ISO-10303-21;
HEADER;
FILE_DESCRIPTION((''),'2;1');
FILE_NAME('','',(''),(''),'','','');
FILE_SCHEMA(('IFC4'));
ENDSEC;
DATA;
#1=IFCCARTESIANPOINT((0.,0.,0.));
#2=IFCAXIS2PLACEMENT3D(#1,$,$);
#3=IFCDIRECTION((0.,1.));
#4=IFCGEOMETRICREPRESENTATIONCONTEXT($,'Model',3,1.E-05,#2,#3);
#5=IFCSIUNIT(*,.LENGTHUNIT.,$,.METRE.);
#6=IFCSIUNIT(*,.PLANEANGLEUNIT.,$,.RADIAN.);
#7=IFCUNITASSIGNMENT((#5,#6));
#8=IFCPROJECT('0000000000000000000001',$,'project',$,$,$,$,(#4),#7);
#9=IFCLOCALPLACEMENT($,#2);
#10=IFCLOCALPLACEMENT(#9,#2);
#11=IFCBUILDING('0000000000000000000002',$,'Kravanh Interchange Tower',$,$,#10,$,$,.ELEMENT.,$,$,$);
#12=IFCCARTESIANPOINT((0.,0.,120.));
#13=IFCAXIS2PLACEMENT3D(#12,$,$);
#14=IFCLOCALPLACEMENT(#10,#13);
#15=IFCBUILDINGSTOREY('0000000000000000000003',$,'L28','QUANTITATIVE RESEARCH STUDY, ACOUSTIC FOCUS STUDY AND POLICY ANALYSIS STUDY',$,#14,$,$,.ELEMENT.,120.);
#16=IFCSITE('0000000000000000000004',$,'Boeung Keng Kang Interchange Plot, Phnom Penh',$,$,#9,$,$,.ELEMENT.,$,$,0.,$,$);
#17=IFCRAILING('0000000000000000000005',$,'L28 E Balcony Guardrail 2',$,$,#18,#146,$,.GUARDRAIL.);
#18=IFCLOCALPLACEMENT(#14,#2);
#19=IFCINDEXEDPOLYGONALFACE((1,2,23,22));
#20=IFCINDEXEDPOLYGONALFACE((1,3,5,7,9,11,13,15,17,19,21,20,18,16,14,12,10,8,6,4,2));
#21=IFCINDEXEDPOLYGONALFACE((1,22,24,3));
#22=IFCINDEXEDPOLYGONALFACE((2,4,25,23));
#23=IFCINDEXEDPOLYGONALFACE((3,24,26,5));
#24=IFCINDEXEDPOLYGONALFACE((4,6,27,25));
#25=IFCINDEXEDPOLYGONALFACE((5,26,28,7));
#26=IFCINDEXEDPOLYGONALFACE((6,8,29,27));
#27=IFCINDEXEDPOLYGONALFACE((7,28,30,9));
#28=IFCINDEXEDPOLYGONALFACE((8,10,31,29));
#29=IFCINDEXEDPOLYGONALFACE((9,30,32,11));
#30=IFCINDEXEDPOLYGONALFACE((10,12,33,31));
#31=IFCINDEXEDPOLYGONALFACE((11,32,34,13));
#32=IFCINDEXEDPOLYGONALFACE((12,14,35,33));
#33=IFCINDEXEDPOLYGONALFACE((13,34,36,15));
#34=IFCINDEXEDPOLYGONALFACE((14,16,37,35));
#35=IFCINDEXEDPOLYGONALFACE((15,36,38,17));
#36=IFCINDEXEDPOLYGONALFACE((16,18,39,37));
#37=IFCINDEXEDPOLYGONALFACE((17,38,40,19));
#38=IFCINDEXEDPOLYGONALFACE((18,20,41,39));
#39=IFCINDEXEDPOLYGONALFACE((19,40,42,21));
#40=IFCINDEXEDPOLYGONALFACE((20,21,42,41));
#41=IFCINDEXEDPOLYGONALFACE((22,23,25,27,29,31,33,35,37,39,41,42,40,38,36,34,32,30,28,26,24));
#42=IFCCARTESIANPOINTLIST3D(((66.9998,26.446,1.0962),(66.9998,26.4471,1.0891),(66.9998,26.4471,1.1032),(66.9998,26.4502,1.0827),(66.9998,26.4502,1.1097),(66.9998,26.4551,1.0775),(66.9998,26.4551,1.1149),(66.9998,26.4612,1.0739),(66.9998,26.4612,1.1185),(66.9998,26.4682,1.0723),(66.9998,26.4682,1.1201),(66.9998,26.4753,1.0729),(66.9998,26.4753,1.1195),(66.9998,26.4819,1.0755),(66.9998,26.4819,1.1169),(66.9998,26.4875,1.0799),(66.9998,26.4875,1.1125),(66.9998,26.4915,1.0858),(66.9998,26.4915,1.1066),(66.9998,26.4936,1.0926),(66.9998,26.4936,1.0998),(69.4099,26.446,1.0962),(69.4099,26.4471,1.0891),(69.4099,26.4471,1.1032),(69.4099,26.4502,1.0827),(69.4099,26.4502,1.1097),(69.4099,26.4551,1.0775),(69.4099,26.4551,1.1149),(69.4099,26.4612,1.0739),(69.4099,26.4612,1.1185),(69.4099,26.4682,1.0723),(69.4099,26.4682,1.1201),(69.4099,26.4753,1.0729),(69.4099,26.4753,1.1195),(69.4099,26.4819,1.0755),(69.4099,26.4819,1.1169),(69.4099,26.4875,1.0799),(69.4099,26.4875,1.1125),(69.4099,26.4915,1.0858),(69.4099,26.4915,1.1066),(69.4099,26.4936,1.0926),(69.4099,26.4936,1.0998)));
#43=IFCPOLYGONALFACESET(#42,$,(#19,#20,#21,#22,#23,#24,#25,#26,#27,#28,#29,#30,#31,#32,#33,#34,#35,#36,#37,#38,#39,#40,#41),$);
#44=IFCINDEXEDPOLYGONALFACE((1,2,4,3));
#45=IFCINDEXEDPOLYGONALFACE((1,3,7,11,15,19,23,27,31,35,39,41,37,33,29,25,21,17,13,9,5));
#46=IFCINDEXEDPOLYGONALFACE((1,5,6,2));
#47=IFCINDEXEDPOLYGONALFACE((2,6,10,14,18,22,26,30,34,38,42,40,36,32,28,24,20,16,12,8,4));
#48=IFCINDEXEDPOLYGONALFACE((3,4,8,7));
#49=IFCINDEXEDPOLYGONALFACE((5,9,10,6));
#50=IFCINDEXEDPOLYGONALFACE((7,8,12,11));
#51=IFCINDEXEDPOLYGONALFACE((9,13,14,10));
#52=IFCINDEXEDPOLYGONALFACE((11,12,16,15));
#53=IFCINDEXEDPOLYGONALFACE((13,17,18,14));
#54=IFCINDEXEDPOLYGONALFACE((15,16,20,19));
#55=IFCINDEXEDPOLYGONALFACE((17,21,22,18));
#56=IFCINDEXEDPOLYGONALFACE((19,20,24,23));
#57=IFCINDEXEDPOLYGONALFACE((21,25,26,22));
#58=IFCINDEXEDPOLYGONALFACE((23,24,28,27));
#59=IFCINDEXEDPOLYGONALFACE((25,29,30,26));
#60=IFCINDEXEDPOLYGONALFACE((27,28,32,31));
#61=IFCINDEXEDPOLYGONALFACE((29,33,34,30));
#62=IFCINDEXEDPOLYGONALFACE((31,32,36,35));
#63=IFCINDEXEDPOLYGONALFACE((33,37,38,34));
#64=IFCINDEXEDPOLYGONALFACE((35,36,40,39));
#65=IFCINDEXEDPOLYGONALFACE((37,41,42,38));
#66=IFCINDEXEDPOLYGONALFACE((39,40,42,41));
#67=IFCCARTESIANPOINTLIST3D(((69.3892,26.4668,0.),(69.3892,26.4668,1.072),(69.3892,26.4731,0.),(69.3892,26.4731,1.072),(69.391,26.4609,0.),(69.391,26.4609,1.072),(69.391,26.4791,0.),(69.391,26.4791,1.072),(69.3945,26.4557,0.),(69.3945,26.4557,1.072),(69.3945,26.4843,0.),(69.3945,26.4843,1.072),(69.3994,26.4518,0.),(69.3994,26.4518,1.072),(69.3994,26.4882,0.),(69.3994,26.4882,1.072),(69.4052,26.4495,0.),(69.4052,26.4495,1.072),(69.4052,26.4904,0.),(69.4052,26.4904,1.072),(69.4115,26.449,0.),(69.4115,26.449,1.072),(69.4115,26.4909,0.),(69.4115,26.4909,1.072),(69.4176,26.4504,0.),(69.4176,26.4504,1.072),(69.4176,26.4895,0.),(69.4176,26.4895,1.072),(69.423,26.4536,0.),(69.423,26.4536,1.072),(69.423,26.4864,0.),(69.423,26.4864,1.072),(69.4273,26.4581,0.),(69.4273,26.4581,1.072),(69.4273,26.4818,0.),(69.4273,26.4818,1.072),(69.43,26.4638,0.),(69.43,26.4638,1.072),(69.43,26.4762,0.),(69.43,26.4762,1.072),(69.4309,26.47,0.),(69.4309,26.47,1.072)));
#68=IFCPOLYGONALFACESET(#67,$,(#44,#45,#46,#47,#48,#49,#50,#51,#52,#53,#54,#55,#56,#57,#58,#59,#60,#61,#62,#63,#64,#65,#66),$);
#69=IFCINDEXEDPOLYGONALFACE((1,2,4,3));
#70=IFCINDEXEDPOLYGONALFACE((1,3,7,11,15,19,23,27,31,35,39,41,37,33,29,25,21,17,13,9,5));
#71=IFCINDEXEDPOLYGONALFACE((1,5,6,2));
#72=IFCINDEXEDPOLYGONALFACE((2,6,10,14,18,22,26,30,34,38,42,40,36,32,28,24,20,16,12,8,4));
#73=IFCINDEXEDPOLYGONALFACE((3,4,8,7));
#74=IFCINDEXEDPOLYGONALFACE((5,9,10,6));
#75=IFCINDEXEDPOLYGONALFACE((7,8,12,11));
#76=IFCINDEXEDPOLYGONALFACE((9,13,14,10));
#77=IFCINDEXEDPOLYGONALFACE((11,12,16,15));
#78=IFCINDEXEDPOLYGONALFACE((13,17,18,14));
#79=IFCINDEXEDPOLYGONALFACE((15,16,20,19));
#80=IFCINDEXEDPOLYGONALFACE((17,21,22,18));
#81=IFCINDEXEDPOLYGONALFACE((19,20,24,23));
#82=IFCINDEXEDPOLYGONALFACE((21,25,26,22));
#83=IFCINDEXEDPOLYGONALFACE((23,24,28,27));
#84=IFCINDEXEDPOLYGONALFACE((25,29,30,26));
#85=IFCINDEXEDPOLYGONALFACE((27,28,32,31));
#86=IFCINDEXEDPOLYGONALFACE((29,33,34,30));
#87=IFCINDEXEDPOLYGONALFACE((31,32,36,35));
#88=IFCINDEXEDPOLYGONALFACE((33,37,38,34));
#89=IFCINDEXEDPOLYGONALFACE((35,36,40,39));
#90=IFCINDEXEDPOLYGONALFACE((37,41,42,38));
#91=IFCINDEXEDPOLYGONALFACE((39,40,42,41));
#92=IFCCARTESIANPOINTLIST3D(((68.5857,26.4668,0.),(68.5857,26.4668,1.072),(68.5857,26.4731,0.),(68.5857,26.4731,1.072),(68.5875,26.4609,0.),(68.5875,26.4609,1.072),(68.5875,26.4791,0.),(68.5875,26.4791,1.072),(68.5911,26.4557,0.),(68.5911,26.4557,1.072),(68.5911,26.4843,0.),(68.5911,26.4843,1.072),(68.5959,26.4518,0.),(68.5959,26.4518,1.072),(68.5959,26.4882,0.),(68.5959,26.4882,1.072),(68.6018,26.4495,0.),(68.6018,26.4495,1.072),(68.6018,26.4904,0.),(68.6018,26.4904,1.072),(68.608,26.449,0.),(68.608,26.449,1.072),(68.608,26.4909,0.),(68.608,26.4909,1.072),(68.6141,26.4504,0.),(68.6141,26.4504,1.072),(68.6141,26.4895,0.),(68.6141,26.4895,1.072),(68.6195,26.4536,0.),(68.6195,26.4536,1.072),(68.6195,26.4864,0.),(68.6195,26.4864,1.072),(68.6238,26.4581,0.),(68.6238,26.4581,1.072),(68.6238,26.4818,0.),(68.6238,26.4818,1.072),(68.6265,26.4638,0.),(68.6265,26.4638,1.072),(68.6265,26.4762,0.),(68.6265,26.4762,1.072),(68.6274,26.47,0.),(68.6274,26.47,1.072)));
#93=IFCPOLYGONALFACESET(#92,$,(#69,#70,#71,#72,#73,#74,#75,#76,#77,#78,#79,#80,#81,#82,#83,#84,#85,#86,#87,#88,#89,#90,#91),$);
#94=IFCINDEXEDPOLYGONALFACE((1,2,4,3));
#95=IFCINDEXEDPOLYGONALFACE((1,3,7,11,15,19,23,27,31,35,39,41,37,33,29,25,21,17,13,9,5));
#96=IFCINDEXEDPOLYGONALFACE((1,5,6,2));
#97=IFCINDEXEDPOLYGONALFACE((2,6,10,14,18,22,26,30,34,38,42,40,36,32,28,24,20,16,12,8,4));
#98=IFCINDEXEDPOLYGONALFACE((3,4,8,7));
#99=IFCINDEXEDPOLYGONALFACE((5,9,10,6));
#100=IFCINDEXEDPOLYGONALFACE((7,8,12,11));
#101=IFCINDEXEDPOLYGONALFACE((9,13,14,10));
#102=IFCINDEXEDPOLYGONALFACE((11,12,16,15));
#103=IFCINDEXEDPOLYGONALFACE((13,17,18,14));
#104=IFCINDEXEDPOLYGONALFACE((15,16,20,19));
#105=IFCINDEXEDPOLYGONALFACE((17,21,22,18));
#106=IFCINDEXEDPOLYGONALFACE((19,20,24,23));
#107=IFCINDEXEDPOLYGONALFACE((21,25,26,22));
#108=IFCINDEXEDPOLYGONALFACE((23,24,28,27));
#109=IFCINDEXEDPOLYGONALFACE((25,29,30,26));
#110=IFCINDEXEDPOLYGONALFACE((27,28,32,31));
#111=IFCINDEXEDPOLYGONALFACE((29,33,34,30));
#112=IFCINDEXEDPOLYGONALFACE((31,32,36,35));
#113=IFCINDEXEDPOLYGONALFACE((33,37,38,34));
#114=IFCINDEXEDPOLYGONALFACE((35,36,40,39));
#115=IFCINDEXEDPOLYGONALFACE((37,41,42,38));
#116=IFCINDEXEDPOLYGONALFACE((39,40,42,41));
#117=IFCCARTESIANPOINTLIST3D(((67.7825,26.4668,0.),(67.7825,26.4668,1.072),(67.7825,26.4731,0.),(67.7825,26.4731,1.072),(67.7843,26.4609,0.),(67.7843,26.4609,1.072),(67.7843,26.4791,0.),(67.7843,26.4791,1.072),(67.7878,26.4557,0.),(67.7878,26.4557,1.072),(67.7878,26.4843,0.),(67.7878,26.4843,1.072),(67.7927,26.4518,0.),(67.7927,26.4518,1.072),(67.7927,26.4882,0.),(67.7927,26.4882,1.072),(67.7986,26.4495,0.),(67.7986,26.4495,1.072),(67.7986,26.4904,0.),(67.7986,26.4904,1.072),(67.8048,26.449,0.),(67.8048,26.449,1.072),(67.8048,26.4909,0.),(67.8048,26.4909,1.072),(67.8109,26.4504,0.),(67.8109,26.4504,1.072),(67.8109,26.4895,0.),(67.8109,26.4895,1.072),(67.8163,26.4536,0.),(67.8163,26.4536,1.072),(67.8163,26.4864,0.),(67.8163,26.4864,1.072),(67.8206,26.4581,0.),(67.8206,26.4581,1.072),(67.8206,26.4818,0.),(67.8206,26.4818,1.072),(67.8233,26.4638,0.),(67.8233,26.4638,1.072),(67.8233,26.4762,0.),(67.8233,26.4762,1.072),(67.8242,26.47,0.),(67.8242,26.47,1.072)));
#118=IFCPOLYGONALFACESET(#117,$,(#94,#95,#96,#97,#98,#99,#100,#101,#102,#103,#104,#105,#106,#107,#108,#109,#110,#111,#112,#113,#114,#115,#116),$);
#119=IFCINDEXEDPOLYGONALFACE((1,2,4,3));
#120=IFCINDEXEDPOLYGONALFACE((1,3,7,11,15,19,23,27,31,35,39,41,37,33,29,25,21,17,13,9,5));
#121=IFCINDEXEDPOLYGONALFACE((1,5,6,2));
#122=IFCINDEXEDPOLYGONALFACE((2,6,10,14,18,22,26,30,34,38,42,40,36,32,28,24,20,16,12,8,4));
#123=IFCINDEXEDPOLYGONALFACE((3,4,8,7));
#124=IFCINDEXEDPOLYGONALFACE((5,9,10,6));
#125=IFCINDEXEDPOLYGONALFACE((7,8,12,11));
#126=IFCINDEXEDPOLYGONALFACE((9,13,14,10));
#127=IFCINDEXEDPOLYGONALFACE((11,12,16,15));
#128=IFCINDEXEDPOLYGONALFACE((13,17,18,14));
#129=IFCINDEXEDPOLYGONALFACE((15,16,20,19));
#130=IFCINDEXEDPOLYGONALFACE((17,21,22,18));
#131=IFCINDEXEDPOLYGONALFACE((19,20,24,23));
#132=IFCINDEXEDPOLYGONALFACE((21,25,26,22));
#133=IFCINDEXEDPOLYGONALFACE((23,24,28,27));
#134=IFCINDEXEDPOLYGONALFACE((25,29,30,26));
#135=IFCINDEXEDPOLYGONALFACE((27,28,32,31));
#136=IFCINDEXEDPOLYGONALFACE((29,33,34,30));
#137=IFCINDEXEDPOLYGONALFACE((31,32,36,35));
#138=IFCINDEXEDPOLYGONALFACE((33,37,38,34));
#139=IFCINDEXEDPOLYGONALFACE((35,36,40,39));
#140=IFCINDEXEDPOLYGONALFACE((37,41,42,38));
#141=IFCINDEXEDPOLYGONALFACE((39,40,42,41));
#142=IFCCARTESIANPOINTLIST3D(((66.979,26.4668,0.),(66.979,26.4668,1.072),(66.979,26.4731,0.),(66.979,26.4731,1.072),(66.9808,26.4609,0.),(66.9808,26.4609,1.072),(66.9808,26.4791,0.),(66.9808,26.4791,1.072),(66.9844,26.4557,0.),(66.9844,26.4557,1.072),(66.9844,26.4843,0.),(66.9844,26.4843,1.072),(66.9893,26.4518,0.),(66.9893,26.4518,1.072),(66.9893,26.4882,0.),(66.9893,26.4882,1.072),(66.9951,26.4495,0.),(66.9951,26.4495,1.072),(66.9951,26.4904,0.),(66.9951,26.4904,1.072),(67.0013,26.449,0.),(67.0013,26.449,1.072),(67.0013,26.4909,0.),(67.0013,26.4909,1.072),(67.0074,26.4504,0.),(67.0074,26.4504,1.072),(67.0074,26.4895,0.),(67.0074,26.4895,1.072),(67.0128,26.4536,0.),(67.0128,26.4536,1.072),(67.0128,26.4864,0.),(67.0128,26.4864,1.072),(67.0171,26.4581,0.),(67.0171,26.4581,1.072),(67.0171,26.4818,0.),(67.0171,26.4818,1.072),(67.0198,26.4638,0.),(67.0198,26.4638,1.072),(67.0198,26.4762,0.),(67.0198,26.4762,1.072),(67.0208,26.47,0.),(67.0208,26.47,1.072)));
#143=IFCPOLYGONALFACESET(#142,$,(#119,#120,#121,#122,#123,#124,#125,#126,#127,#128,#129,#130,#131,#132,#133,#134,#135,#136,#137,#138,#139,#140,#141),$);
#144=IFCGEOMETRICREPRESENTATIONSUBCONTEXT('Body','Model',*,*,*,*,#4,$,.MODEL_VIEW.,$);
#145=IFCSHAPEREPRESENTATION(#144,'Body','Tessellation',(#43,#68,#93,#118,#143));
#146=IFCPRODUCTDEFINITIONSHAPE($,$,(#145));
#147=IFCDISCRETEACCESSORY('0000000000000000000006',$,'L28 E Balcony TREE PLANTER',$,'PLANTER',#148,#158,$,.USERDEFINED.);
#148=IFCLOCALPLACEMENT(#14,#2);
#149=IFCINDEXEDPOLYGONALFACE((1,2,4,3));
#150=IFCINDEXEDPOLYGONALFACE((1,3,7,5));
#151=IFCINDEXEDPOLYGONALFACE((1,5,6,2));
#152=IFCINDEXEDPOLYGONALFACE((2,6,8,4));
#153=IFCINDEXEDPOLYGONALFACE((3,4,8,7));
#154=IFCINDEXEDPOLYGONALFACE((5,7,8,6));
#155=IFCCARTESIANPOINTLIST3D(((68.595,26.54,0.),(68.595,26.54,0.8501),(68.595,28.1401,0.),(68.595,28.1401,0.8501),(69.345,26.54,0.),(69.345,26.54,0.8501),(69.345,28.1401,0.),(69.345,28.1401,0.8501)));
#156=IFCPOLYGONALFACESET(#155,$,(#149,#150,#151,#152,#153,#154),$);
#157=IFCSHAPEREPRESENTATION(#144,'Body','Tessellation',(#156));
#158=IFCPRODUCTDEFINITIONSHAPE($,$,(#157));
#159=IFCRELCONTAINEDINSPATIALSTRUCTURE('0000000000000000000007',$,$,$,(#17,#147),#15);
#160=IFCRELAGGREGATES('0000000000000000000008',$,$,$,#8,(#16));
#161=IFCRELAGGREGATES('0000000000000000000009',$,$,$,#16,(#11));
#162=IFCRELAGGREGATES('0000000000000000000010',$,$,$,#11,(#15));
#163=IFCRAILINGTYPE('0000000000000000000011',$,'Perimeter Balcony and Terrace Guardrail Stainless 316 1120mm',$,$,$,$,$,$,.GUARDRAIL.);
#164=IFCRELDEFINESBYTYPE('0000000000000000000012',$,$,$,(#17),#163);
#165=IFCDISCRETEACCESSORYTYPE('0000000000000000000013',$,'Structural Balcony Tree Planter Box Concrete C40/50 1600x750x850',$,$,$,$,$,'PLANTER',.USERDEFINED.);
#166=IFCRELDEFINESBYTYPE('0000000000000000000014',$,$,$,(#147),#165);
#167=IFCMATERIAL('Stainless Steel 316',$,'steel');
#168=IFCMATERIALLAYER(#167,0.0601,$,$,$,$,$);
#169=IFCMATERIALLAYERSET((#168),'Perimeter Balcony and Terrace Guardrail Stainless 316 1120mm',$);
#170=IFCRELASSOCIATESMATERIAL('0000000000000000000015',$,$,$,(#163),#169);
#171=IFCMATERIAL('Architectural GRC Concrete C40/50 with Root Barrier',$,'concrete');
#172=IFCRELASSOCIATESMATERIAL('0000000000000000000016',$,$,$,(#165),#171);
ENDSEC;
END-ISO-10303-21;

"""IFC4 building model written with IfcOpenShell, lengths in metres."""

from ifc_helpers import new_model, si_unit, direction, frame, origin, origin_2d, place, context, subcontext, project, spatial, rectangle, circle, extrude, material, layer, layer_set, type_object, element, save


model = new_model("IFC4")

# Units and contexts
model_context = context("Model", 3, precision=1e-05, world=origin(), true_north=direction((0.0, 1.0)))
body_context = subcontext(model_context, "Body", "Model", "MODEL_VIEW")
ifc_project = project(units=[si_unit("LENGTHUNIT", "METRE"), si_unit("PLANEANGLEUNIT", "RADIAN")], contexts=[model_context])

# Site, building, storey
site_placement = place(None, origin())
site = spatial("IfcSite", under=ifc_project, at=site_placement, Name="Boeung Keng Kang Interchange Plot, Phnom Penh", CompositionType="ELEMENT", RefElevation=0.0)
building_placement = place(site_placement, origin())
building = spatial("IfcBuilding", under=site, at=building_placement, Name="Kravanh Interchange Tower", CompositionType="ELEMENT")
storey_placement = place(building_placement, frame((0.0, 0.0, 120.0)))
storey = spatial("IfcBuildingStorey", under=building, at=storey_placement, Name="L28", Description="QUANTITATIVE RESEARCH STUDY, ACOUSTIC FOCUS STUDY AND POLICY ANALYSIS STUDY", CompositionType="ELEMENT", Elevation=120.0)

# Railing
ifc_material_1 = material(Name="Stainless Steel 316", Category="steel")
ifc_layer_1 = layer(ifc_material_1, 0.0601)
ifc_layer_set_1 = layer_set([ifc_layer_1], Name="Perimeter Balcony and Terrace Guardrail Stainless 316 1120mm")
railing_type = type_object("IfcRailingType", Name="Perimeter Balcony and Terrace Guardrail Stainless 316 1120mm", PredefinedType="GUARDRAIL", material=ifc_layer_set_1)
railing_placement = place(storey_placement, frame((69.4099, 26.47, 0.0)))
element("IfcRailing", 1, at=railing_placement, inside=storey, type_object=railing_type, Name="L28 E Balcony Guardrail 2", PredefinedType="GUARDRAIL", context=body_context, shape_type="SweptSolid", body=[
    extrude(circle(Radius=0.0239, at=origin_2d()), frame((0.0, 0.0, 1.0962), z_axis=(-1.0, 0.0, 0.0), x_axis=(0.0, -1.0, 0.0)), (0.0, 0.0, 1.0), 2.4102),
    extrude(circle(Radius=0.021, at=origin_2d()), origin(), (0.0, 0.0, 1.0), 1.072),
    extrude(circle(Radius=0.021, at=origin_2d()), frame((-0.8035, 0.0, 0.0)), (0.0, 0.0, 1.0), 1.072),
    extrude(circle(Radius=0.021, at=origin_2d()), frame((-1.6067, 0.0, 0.0)), (0.0, 0.0, 1.0), 1.072),
    extrude(circle(Radius=0.021, at=origin_2d()), frame((-2.4102, 0.0, 0.0)), (0.0, 0.0, 1.0), 1.072),
])

# Discrete accessory
ifc_material_2 = material(Name="Architectural GRC Concrete C40/50 with Root Barrier", Category="concrete")
discrete_accessory_type = type_object("IfcDiscreteAccessoryType", Name="Structural Balcony Tree Planter Box Concrete C40/50 1600x750x850", ElementType="PLANTER", PredefinedType="USERDEFINED", material=ifc_material_2)
discrete_accessory_placement = place(storey_placement, frame((68.97, 27.3401, 0.0), z_axis=(0.0, 0.0, 1.0), x_axis=(1.0, 0.0, 0.0)))
element("IfcDiscreteAccessory", 2, at=discrete_accessory_placement, inside=storey, type_object=discrete_accessory_type, Name="L28 E Balcony TREE PLANTER", ObjectType="PLANTER", PredefinedType="USERDEFINED", context=body_context, shape_type="SweptSolid", body=[
    extrude(rectangle(XDim=0.75, YDim=1.6001, at=origin_2d()), origin(), (0.0, 0.0, 1.0), 0.8501),
])

save(model, "model.ifc")
